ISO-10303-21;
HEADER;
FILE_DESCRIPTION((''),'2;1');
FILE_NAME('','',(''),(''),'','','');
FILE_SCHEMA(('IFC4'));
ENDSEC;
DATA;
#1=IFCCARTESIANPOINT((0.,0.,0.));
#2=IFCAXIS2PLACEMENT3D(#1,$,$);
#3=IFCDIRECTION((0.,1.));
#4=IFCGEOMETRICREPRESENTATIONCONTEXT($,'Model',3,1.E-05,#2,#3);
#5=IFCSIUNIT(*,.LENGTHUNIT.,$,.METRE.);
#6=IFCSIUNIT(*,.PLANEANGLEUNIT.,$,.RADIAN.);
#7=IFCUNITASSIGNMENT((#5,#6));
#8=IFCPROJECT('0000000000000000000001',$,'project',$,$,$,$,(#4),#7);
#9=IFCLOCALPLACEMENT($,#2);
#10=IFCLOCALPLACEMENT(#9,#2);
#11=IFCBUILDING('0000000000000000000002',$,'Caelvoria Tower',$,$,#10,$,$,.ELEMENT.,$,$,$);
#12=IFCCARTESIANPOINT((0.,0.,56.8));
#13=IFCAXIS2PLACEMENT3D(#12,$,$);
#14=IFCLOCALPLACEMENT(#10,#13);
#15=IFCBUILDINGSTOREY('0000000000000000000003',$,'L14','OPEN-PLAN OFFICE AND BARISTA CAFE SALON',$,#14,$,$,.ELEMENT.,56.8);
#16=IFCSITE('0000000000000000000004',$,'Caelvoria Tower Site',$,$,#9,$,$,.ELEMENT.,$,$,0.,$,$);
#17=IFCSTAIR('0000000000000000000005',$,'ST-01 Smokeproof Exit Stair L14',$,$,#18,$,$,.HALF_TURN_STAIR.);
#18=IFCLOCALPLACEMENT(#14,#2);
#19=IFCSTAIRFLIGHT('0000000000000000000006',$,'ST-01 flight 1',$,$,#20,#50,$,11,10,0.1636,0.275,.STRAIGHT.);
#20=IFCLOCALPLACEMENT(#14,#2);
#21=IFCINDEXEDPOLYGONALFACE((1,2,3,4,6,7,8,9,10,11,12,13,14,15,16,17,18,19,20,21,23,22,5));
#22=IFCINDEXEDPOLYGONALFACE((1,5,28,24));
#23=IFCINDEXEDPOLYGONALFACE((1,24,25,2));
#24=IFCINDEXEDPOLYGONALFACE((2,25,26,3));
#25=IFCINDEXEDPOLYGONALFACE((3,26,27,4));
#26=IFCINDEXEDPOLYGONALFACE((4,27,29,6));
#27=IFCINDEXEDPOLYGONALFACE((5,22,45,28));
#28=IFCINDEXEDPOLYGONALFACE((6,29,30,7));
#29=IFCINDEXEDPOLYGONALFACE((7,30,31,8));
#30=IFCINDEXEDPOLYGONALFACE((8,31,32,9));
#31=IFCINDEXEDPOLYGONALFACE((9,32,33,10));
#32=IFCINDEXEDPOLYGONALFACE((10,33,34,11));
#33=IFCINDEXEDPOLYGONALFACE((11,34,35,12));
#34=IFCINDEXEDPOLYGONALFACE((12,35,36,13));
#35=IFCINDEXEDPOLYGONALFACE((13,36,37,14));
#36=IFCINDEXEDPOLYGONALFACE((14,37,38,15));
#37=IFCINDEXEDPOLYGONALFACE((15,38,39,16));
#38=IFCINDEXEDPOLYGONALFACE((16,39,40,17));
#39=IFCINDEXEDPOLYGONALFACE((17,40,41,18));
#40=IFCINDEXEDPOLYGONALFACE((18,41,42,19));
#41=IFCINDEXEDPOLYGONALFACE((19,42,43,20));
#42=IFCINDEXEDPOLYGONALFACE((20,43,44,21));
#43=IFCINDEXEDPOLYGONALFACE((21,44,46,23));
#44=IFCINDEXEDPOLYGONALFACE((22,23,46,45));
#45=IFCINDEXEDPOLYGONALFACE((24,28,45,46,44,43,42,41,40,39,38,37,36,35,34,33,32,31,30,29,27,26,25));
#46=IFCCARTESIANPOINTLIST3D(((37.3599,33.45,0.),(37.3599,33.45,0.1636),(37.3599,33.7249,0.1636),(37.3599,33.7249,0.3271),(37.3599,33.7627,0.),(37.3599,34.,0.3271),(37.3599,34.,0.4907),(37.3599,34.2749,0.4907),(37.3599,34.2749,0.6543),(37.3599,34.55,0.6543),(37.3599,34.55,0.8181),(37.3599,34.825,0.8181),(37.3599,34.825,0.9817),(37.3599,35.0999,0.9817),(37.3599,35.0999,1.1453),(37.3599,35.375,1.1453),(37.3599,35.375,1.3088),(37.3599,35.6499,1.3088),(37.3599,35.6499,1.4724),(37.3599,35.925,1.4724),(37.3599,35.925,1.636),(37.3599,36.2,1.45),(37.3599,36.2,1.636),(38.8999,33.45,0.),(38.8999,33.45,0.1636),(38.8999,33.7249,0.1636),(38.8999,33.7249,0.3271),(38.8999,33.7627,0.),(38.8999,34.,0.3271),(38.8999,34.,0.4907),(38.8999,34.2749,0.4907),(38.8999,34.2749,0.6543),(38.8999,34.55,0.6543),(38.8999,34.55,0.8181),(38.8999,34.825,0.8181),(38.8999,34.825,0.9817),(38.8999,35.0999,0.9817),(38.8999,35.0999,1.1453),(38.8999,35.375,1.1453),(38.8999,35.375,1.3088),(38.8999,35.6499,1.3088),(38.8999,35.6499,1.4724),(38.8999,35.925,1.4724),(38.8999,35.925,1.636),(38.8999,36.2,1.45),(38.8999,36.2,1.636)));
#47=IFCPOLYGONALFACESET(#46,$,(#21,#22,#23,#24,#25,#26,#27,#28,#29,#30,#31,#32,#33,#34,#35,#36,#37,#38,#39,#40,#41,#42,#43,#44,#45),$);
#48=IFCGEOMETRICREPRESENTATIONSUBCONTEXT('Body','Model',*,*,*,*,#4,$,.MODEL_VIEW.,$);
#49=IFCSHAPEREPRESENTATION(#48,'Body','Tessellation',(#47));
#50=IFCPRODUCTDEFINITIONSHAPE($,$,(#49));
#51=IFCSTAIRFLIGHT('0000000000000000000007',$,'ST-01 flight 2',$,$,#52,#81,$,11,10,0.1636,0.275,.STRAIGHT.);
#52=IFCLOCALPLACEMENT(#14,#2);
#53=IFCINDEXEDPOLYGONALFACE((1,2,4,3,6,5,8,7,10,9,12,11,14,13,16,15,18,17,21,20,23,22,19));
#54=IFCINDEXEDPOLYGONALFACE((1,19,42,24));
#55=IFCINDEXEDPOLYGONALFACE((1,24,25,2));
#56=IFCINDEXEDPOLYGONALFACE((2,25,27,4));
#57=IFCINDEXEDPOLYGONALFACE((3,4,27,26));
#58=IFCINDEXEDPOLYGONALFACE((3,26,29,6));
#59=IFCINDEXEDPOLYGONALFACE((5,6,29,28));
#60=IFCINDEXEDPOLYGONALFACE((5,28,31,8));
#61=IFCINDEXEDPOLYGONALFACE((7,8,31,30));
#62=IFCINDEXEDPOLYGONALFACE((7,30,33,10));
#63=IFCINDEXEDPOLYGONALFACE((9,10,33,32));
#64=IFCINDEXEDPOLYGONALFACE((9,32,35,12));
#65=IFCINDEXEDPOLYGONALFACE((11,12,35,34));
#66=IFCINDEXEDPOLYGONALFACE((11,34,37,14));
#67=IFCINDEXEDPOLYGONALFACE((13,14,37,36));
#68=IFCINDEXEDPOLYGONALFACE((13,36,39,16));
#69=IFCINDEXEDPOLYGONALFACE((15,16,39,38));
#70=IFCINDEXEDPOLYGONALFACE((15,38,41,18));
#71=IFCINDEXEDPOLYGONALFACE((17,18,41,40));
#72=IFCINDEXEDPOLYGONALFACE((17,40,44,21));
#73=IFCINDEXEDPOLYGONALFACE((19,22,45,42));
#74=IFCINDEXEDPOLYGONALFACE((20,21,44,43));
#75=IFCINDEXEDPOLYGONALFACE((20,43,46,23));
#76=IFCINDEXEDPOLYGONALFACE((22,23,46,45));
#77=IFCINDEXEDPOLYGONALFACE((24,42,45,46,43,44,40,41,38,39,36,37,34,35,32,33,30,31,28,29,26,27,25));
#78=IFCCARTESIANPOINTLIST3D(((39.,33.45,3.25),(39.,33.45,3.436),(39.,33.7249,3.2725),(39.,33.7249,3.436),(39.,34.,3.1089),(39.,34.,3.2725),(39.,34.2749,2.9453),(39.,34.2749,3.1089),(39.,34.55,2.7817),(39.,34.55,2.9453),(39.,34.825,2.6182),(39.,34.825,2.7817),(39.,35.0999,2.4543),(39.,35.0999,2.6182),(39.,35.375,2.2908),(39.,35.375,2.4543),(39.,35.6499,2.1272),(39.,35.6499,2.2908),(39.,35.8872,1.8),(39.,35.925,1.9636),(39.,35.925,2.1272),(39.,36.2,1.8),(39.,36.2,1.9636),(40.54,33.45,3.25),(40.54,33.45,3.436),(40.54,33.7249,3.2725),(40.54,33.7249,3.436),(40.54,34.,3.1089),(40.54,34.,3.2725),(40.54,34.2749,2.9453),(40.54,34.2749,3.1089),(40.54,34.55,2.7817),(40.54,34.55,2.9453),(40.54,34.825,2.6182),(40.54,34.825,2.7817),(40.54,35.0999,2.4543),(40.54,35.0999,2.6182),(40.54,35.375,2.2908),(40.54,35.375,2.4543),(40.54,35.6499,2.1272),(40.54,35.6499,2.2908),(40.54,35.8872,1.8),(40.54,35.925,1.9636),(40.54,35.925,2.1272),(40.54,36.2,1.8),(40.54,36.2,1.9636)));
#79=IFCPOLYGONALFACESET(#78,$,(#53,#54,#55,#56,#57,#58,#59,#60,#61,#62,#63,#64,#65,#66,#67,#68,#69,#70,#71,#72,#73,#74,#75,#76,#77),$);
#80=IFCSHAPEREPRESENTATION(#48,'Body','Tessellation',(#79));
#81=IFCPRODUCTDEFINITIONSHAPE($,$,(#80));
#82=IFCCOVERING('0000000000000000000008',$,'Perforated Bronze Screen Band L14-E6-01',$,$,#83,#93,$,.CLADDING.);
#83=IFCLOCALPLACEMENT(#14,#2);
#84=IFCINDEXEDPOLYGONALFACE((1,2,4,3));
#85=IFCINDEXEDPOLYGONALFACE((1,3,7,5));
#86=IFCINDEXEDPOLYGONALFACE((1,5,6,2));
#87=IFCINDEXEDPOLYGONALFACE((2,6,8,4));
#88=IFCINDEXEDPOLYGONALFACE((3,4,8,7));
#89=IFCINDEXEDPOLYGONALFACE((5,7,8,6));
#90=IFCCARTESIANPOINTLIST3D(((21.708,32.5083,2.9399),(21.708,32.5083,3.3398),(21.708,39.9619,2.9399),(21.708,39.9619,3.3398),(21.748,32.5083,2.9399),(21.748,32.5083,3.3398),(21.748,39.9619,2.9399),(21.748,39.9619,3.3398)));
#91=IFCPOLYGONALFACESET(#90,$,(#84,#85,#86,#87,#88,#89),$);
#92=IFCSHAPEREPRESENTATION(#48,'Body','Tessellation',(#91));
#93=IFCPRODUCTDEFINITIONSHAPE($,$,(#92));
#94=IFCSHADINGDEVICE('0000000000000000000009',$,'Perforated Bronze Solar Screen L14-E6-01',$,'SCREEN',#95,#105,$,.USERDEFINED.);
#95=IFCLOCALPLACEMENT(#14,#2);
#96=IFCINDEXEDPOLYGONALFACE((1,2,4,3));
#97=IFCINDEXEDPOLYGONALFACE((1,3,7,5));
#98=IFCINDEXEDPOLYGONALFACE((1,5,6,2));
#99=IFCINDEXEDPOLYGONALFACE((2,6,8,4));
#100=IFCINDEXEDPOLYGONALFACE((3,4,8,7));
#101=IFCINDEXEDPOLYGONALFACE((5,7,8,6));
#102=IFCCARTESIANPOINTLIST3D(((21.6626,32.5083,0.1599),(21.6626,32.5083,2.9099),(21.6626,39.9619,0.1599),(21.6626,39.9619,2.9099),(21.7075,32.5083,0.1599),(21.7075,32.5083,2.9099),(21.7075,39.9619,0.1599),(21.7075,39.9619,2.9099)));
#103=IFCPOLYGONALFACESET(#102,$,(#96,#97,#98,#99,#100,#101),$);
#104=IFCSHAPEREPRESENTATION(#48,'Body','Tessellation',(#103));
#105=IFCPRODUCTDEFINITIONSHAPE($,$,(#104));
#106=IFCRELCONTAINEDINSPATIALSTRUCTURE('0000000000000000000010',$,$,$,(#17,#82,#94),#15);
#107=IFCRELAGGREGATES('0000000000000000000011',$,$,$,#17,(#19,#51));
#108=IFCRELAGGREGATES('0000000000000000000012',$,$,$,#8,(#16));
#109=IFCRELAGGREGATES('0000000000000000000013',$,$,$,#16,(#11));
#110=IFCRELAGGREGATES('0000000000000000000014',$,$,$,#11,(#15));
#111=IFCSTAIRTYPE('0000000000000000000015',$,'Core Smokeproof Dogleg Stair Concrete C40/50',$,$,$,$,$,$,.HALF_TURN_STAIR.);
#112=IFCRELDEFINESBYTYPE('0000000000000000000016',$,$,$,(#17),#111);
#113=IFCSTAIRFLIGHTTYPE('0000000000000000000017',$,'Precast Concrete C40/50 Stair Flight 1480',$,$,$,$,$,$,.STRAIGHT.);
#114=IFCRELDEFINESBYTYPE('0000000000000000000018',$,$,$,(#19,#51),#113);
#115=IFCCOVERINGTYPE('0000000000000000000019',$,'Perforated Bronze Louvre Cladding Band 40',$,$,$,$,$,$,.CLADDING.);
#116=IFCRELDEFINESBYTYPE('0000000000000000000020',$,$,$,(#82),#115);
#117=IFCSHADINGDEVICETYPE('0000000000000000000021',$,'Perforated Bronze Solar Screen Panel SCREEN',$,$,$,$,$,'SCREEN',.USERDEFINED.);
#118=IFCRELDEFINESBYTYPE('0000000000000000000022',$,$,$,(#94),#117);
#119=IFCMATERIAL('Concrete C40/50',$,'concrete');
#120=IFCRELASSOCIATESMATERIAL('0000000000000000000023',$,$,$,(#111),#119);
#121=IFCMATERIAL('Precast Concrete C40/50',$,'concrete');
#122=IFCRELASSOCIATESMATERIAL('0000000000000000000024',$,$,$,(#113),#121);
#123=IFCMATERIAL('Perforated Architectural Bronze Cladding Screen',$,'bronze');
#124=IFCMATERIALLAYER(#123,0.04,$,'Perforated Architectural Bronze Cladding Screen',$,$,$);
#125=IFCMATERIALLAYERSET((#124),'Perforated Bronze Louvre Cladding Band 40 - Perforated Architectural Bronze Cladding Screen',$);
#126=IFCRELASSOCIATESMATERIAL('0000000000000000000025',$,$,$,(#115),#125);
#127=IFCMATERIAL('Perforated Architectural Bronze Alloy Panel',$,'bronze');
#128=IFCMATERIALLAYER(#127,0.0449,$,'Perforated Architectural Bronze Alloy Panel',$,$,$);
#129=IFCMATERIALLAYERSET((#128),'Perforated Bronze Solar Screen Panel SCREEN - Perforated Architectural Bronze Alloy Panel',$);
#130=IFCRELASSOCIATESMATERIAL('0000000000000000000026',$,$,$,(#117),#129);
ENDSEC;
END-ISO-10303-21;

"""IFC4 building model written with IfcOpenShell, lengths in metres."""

from ifc_helpers import new_model, si_unit, direction, frame, origin, origin_2d, place, context, subcontext, project, spatial, polyline, rectangle, outline, extrude, material, layer, layer_set, type_object, element, aggregate, save


model = new_model("IFC4")

# Units and contexts
model_context = context("Model", 3, precision=1e-05, world=origin(), true_north=direction((0.0, 1.0)))
body_context = subcontext(model_context, "Body", "Model", "MODEL_VIEW")
ifc_project = project(units=[si_unit("LENGTHUNIT", "METRE"), si_unit("PLANEANGLEUNIT", "RADIAN")], contexts=[model_context])

# Site, building, storey
site_placement = place(None, origin())
site = spatial("IfcSite", under=ifc_project, at=site_placement, Name="Caelvoria Tower Site", CompositionType="ELEMENT", RefElevation=0.0)
building_placement = place(site_placement, origin())
building = spatial("IfcBuilding", under=site, at=building_placement, Name="Caelvoria Tower", CompositionType="ELEMENT")
storey_placement = place(building_placement, frame((0.0, 0.0, 56.8)))
storey = spatial("IfcBuildingStorey", under=building, at=storey_placement, Name="L14", Description="OPEN-PLAN OFFICE AND BARISTA CAFE SALON", CompositionType="ELEMENT", Elevation=56.8)

# Stair, stair flights
ifc_material_1 = material(Name="Concrete C40/50", Category="concrete")
stair_type = type_object("IfcStairType", Name="Core Smokeproof Dogleg Stair Concrete C40/50", PredefinedType="HALF_TURN_STAIR", material=ifc_material_1)
stair_placement = place(storey_placement, origin())
stair = element("IfcStair", 1, at=stair_placement, inside=storey, type_object=stair_type, Name="ST-01 Smokeproof Exit Stair L14", PredefinedType="HALF_TURN_STAIR")
ifc_material_2 = material(Name="Precast Concrete C40/50", Category="concrete")
stair_flight_type = type_object("IfcStairFlightType", Name="Precast Concrete C40/50 Stair Flight 1480", PredefinedType="STRAIGHT", material=ifc_material_2)
stair_flight_1_placement = place(storey_placement, frame((38.1299, 33.45, 0.0), z_axis=(0.0, 0.0, 1.0), x_axis=(0.0, 1.0, 0.0)))
stair_flight_1 = element("IfcStairFlight", 2, at=stair_flight_1_placement, type_object=stair_flight_type, Name="ST-01 flight 1", NumberOfRisers=11, NumberOfTreads=10, PredefinedType="STRAIGHT", RiserHeight=0.1636, TreadLength=0.275, context=body_context, shape_type="SweptSolid", body=[
    extrude(outline(polyline([(0.0, 0.0), (0.0, 0.1636), (0.2749, 0.1636), (0.2749, 0.3271), (0.55, 0.3271), (0.55, 0.4907), (0.825, 0.4907), (0.825, 0.6543), (1.1001, 0.6543), (1.1001, 0.8181), (1.375, 0.8181), (1.375, 0.9817), (1.6499, 0.9817), (1.6499, 1.1453), (1.925, 1.1453), (1.925, 1.3088), (2.2, 1.3088), (2.2, 1.4724), (2.4751, 1.4724), (2.4751, 1.636), (2.75, 1.636), (2.75, 1.7996), (2.75, 1.45), (0.3127, 0.0), (0.0, 0.0)])), frame((0.0, 0.77, 0.0), z_axis=(0.0, -1.0, 0.0), x_axis=(1.0, 0.0, 0.0)), (0.0, 0.0, 1.0), 1.54),
])
stair_flight_2_placement = place(storey_placement, frame((39.77, 36.2, 1.8), z_axis=(0.0, 0.0, 1.0), x_axis=(0.0, -1.0, 0.0)))
stair_flight_2 = element("IfcStairFlight", 3, at=stair_flight_2_placement, type_object=stair_flight_type, Name="ST-01 flight 2", NumberOfRisers=11, NumberOfTreads=10, PredefinedType="STRAIGHT", RiserHeight=0.1636, TreadLength=0.275, context=body_context, shape_type="SweptSolid", body=[
    extrude(outline(polyline([(0.0, 0.0), (0.0, 0.1636), (0.2749, 0.1636), (0.2749, 0.3271), (0.55, 0.3271), (0.55, 0.4907), (0.825, 0.4907), (0.825, 0.6543), (1.1001, 0.6543), (1.1001, 0.8181), (1.375, 0.8181), (1.375, 0.9817), (1.6499, 0.9817), (1.6499, 1.1453), (1.925, 1.1453), (1.925, 1.3088), (2.2, 1.3088), (2.2, 1.4724), (2.4751, 1.4724), (2.4751, 1.636), (2.75, 1.636), (2.75, 1.7996), (2.75, 1.45), (0.3127, 0.0), (0.0, 0.0)])), frame((0.0, 0.77, 0.0), z_axis=(0.0, -1.0, 0.0), x_axis=(1.0, 0.0, 0.0)), (0.0, 0.0, 1.0), 1.54),
])
aggregate(stair, [stair_flight_1, stair_flight_2])

# Covering
ifc_material_3 = material(Name="Perforated Architectural Bronze Cladding Screen", Category="bronze")
ifc_layer_1 = layer(ifc_material_3, 0.04, Name="Perforated Architectural Bronze Cladding Screen")
ifc_layer_set_1 = layer_set([ifc_layer_1], Name="Perforated Bronze Louvre Cladding Band 40 - Perforated Architectural Bronze Cladding Screen")
covering_type = type_object("IfcCoveringType", Name="Perforated Bronze Louvre Cladding Band 40", PredefinedType="CLADDING", material=ifc_layer_set_1)
covering_placement = place(storey_placement, frame((21.728, 36.2351, 2.9399), z_axis=(0.0, 0.0, 1.0), x_axis=(0.0, -1.0, 0.0)))
element("IfcCovering", 4, at=covering_placement, inside=storey, type_object=covering_type, Name="Perforated Bronze Screen Band L14-E6-01", PredefinedType="CLADDING", context=body_context, shape_type="SweptSolid", body=[
    extrude(rectangle(XDim=7.4536, YDim=0.04, at=origin_2d()), origin(), (0.0, 0.0, 1.0), 0.3999),
])

# Shading device
ifc_material_4 = material(Name="Perforated Architectural Bronze Alloy Panel", Category="bronze")
ifc_layer_2 = layer(ifc_material_4, 0.0449, Name="Perforated Architectural Bronze Alloy Panel")
ifc_layer_set_2 = layer_set([ifc_layer_2], Name="Perforated Bronze Solar Screen Panel SCREEN - Perforated Architectural Bronze Alloy Panel")
shading_device_type = type_object("IfcShadingDeviceType", Name="Perforated Bronze Solar Screen Panel SCREEN", ElementType="SCREEN", PredefinedType="USERDEFINED", material=ifc_layer_set_2)
shading_device_placement = place(storey_placement, frame((21.6851, 36.2351, 0.1599), z_axis=(0.0, 0.0, 1.0), x_axis=(0.0, -1.0, 0.0)))
element("IfcShadingDevice", 5, at=shading_device_placement, inside=storey, type_object=shading_device_type, Name="Perforated Bronze Solar Screen L14-E6-01", ObjectType="SCREEN", PredefinedType="USERDEFINED", context=body_context, shape_type="SweptSolid", body=[
    extrude(rectangle(XDim=7.4536, YDim=0.0449, at=origin_2d()), origin(), (0.0, 0.0, 1.0), 2.75),
])

save(model, "model.ifc")
